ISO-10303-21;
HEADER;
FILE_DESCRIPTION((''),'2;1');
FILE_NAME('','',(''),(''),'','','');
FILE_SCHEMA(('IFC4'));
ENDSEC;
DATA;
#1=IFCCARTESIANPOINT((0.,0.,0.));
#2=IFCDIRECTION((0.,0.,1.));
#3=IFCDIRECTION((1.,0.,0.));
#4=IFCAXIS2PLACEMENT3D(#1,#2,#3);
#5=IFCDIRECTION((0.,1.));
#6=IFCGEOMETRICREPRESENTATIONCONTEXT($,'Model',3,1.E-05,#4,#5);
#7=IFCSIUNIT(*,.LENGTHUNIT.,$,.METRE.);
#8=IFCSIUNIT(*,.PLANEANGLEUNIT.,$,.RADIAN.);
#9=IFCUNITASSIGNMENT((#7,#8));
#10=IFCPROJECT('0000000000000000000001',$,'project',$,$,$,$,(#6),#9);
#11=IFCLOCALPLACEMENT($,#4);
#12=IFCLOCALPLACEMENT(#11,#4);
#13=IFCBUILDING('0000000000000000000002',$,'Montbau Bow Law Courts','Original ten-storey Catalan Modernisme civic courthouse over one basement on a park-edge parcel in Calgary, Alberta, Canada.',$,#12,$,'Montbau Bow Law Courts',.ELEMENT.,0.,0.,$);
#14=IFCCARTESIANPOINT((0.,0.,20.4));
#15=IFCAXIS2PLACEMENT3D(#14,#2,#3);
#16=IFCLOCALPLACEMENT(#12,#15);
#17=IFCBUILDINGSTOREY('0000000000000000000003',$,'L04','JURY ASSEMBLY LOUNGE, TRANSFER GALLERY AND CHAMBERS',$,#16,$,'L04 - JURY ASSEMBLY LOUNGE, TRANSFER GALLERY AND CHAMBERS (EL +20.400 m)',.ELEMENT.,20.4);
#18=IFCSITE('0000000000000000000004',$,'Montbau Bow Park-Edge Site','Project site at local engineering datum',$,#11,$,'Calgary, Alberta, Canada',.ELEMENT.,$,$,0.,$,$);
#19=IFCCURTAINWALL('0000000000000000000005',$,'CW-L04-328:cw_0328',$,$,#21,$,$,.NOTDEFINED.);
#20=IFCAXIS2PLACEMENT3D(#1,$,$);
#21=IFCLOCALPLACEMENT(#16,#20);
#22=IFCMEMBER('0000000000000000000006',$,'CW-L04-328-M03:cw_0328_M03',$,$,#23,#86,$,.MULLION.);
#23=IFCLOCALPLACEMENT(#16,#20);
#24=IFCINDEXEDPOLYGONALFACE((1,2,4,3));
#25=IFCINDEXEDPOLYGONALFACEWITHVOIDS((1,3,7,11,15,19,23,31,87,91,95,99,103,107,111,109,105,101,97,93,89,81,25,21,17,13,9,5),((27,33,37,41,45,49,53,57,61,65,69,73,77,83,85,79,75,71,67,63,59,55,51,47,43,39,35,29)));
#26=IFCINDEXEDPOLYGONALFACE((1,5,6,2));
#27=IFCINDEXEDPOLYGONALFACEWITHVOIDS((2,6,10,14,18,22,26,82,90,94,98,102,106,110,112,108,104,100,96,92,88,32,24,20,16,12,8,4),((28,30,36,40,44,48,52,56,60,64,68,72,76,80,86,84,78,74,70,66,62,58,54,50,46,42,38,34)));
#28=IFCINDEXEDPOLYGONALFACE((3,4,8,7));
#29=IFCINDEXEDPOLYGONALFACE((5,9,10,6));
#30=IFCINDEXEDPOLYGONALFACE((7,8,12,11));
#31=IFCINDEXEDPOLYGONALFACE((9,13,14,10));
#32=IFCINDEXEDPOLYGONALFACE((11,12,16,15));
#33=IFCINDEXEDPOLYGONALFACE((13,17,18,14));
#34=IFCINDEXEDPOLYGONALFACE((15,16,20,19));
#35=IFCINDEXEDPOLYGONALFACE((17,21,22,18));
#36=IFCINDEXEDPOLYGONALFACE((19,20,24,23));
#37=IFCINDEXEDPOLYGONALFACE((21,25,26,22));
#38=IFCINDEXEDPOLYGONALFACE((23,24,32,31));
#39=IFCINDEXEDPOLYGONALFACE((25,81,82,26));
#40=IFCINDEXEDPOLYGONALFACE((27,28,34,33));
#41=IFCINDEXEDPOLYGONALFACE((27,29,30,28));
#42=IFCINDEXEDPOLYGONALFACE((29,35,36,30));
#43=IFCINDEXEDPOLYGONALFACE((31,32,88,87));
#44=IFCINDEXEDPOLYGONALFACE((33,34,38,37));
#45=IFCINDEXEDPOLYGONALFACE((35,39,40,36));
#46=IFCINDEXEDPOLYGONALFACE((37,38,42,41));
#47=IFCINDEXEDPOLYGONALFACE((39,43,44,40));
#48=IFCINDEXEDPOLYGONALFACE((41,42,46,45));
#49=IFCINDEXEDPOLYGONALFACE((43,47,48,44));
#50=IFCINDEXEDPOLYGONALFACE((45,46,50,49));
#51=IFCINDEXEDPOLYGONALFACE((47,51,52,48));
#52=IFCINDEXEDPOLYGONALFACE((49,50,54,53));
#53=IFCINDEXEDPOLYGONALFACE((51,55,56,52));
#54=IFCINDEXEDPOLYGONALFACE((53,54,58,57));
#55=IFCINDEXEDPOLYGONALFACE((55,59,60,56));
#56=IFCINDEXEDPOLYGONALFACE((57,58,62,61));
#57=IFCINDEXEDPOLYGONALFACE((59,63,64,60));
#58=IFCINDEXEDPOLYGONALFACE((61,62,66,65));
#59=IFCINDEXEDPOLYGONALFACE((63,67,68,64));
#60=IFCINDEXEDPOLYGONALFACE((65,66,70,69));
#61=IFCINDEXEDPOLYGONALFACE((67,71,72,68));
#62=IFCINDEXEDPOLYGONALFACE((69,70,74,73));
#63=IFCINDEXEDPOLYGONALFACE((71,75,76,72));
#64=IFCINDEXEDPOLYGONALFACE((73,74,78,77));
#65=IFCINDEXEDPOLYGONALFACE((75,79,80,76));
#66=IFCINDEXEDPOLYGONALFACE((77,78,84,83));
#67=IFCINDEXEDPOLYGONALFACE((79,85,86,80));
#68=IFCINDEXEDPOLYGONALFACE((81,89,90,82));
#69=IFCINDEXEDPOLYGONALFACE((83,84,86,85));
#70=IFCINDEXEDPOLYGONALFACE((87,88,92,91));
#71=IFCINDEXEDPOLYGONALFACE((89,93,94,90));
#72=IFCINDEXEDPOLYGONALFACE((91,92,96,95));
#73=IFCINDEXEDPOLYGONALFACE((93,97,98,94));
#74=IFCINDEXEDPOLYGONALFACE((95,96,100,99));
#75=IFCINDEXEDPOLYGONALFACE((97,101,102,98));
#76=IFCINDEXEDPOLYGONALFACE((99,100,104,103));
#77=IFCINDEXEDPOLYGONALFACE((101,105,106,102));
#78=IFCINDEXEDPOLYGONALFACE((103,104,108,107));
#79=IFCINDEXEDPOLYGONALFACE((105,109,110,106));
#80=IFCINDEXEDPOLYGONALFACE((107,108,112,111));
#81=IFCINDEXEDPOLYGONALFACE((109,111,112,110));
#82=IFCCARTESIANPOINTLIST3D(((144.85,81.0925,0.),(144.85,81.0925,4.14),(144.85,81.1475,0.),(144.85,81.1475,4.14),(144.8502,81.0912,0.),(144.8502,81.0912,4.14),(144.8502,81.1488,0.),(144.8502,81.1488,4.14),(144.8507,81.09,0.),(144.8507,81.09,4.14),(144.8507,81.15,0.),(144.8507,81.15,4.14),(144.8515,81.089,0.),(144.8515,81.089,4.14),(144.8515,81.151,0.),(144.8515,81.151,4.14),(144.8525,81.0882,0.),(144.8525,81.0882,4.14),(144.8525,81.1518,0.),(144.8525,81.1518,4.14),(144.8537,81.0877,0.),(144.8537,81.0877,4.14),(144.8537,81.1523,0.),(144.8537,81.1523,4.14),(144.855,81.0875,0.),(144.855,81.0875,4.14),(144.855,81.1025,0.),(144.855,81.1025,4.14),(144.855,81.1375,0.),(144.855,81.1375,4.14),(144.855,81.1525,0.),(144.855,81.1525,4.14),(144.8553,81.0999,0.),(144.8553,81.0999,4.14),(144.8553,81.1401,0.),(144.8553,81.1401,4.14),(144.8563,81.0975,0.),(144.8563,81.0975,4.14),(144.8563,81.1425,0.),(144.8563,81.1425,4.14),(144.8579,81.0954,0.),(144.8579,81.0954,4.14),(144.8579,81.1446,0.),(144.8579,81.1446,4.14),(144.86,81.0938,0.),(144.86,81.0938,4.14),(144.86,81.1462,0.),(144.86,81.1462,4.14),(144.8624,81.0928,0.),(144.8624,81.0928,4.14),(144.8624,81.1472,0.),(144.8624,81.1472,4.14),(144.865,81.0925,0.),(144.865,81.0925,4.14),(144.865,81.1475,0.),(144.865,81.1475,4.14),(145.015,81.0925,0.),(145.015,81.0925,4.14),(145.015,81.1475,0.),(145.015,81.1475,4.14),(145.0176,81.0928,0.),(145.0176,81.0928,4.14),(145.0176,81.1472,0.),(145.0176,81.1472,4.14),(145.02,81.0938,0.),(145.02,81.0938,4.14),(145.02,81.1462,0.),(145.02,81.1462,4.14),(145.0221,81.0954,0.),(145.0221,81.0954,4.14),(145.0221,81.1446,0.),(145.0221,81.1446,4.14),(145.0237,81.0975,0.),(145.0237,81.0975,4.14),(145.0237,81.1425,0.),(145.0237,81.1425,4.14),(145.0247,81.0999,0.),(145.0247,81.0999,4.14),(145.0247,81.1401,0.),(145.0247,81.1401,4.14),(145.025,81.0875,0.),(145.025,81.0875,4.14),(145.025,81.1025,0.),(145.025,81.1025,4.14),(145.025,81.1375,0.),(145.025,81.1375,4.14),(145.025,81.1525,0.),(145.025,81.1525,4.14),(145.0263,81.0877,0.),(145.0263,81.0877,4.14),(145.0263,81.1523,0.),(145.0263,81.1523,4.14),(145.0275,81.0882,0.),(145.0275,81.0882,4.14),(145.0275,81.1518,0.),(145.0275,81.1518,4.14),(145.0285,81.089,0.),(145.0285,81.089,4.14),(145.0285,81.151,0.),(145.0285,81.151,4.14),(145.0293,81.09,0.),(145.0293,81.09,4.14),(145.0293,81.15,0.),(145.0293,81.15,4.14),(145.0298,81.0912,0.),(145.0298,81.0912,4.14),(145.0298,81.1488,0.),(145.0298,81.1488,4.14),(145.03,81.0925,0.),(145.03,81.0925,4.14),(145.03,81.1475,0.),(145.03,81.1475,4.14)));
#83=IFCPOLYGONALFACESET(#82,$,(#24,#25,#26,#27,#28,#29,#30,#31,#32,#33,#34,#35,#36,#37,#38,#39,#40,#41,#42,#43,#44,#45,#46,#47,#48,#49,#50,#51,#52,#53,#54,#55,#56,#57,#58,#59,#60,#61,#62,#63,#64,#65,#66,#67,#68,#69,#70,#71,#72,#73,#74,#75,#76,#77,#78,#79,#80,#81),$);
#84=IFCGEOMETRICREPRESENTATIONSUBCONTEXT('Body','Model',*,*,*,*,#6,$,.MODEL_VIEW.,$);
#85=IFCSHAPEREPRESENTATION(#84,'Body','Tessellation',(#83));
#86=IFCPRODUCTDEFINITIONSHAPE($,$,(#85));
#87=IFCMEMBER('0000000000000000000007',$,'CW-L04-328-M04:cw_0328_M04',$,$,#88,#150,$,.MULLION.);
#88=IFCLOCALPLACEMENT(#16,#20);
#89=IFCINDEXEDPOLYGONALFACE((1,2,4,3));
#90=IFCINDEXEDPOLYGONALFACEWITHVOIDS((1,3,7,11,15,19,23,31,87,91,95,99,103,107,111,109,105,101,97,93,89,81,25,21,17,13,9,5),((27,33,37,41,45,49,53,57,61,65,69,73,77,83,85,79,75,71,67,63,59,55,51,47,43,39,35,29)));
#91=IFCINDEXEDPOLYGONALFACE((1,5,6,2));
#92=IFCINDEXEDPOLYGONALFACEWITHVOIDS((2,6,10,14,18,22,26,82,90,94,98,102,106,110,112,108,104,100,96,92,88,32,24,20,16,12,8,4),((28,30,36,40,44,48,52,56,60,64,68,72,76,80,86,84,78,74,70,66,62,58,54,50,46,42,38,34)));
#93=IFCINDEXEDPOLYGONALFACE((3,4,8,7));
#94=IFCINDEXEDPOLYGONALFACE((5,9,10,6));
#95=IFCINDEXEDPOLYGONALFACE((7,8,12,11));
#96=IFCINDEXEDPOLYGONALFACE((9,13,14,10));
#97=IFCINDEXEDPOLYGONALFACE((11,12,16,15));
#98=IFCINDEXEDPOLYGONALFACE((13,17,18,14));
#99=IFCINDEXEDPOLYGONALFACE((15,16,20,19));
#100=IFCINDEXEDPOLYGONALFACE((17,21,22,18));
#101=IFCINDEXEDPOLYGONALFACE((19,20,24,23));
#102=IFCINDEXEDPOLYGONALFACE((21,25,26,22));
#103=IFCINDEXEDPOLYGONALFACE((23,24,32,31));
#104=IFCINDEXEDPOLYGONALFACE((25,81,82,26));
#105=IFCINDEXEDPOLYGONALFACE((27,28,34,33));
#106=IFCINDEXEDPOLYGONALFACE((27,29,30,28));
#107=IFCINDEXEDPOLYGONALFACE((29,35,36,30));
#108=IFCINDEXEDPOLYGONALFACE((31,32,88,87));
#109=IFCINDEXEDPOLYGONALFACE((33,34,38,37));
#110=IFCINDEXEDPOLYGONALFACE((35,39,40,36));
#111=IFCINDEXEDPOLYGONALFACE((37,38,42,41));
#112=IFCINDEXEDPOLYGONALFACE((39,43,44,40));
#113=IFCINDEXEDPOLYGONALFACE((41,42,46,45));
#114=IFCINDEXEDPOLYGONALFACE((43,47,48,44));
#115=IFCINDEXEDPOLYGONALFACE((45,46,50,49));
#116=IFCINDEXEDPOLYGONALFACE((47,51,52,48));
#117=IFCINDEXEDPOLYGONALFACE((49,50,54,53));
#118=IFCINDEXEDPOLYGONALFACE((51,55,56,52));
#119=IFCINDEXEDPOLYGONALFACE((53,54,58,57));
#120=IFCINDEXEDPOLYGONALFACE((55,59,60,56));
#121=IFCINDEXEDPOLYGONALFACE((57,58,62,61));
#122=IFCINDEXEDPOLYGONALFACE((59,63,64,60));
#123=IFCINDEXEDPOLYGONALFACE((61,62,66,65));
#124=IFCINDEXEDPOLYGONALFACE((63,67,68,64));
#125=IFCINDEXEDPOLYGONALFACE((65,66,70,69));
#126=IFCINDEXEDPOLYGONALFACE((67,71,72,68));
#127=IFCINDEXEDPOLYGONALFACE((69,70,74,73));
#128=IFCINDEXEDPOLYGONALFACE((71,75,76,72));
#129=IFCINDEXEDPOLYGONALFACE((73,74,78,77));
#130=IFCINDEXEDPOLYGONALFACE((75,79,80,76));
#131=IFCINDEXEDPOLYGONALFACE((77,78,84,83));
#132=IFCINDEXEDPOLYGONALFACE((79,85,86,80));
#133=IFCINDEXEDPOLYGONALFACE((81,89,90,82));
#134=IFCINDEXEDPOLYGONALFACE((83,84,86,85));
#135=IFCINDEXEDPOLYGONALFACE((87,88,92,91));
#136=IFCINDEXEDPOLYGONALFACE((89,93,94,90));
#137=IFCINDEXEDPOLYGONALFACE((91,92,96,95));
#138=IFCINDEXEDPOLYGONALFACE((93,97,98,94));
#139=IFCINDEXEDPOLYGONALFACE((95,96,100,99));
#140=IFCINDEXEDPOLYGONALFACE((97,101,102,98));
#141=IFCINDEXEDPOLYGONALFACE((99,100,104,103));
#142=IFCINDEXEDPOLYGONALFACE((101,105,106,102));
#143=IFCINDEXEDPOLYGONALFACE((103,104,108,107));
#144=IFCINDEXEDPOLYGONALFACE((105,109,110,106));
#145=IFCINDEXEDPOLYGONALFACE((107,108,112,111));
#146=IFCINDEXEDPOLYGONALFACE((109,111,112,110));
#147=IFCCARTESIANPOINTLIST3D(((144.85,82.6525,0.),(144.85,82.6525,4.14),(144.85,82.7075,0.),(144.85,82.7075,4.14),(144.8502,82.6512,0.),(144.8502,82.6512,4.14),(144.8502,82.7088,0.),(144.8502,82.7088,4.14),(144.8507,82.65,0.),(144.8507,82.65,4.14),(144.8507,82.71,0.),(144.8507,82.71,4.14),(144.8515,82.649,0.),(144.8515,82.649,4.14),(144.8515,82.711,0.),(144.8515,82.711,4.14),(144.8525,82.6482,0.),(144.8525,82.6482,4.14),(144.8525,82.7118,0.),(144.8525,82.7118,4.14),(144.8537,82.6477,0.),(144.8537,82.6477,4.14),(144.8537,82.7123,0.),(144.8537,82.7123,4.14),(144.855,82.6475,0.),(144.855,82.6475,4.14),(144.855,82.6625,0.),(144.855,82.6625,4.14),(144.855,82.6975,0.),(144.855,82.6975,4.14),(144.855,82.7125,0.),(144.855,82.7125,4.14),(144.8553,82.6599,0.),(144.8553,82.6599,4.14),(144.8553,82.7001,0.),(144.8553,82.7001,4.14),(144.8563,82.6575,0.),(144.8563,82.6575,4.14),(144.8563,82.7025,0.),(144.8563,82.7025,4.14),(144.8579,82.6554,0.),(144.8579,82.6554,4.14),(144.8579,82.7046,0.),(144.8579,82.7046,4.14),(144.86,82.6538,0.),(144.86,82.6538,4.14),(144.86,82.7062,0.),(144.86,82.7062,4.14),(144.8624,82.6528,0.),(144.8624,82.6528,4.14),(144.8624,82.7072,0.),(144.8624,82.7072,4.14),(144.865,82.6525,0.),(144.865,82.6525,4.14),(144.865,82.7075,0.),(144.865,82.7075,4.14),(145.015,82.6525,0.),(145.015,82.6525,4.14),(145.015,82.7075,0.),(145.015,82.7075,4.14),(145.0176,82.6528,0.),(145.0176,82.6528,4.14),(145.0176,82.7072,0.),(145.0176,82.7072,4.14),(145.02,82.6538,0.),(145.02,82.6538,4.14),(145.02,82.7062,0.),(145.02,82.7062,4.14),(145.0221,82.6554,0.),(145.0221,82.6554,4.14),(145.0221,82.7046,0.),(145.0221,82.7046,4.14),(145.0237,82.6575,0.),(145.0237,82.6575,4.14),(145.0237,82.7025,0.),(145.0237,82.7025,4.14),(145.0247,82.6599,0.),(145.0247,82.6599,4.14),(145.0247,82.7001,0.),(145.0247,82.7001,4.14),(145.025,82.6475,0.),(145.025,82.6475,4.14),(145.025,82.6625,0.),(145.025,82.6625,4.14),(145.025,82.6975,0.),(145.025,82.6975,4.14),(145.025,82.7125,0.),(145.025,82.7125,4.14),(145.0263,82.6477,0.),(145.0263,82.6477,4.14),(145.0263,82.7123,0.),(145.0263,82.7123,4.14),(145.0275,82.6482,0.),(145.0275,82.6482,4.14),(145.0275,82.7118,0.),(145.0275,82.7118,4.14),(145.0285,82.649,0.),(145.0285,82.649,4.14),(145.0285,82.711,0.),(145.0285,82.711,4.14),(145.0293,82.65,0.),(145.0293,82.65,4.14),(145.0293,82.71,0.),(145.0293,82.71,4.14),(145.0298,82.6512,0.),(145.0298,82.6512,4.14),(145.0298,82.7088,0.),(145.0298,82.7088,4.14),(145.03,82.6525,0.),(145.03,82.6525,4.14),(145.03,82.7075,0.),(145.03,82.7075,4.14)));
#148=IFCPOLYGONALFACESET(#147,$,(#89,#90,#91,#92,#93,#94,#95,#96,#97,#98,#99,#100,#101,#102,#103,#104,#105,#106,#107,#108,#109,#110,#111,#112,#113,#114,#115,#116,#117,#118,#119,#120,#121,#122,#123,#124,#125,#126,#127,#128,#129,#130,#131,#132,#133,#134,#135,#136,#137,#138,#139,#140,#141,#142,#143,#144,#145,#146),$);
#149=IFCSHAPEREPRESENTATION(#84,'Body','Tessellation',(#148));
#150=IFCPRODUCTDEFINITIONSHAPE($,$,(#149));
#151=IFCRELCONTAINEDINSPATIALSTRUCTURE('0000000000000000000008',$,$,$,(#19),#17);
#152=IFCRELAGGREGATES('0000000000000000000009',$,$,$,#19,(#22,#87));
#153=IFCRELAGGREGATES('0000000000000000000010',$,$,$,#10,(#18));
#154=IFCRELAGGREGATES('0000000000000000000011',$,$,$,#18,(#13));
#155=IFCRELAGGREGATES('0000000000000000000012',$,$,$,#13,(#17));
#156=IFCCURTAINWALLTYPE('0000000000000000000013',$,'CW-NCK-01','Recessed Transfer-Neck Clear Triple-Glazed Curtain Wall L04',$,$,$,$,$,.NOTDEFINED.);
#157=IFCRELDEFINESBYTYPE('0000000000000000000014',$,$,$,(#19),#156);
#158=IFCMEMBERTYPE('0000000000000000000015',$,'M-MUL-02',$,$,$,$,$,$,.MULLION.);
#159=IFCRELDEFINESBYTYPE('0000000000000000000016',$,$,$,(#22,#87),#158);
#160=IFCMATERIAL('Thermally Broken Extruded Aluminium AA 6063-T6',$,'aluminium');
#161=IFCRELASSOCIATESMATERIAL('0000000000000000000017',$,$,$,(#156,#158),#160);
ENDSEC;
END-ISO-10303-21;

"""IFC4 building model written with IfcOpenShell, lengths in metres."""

from ifc_helpers import new_model, si_unit, direction, frame, origin_with_axes, origin_2d_with_axis, place, context, subcontext, project, spatial, hollow_rectangle, extrude, material, material_profile, profile_set, type_object, element, aggregate, save


model = new_model("IFC4")

# Units and contexts
model_context = context("Model", 3, precision=1e-05, world=origin_with_axes(), true_north=direction((0.0, 1.0)))
body_context = subcontext(model_context, "Body", "Model", "MODEL_VIEW")
ifc_project = project(units=[si_unit("LENGTHUNIT", "METRE"), si_unit("PLANEANGLEUNIT", "RADIAN")], contexts=[model_context])

# Site, building, storey
site_placement = place(None, origin_with_axes())
site = spatial("IfcSite", under=ifc_project, at=site_placement, Name="Montbau Bow Park-Edge Site", Description="Project site at local engineering datum", LongName="Calgary, Alberta, Canada", CompositionType="ELEMENT", RefElevation=0.0)
building_placement = place(site_placement, origin_with_axes())
building = spatial("IfcBuilding", under=site, at=building_placement, Name="Montbau Bow Law Courts", Description="Original ten-storey Catalan Modernisme civic courthouse over one basement on a park-edge parcel in Calgary, Alberta, Canada.", LongName="Montbau Bow Law Courts", CompositionType="ELEMENT", ElevationOfRefHeight=0.0, ElevationOfTerrain=0.0)
storey_placement = place(building_placement, frame((0.0, 0.0, 20.4), z_axis=(0.0, 0.0, 1.0), x_axis=(1.0, 0.0, 0.0)))
storey = spatial("IfcBuildingStorey", under=building, at=storey_placement, Name="L04", Description="JURY ASSEMBLY LOUNGE, TRANSFER GALLERY AND CHAMBERS", LongName="L04 - JURY ASSEMBLY LOUNGE, TRANSFER GALLERY AND CHAMBERS (EL +20.400 m)", CompositionType="ELEMENT", Elevation=20.4)

# Curtain wall, members
ifc_material_1 = material(Name="Thermally Broken Extruded Aluminium AA 6063-T6", Category="aluminium")
curtain_wall_type = type_object("IfcCurtainWallType", Name="CW-NCK-01", Description="Recessed Transfer-Neck Clear Triple-Glazed Curtain Wall L04", PredefinedType="NOTDEFINED", material=ifc_material_1)
curtain_wall_placement = place(None, frame((144.94, 78.0, 20.4), z_axis=(0.0, 0.0, 1.0), x_axis=(1.0, 0.0, 0.0)))
curtain_wall = element("IfcCurtainWall", 1, at=curtain_wall_placement, inside=storey, type_object=curtain_wall_type, Name="CW-L04-328:cw_0328", PredefinedType="NOTDEFINED")
ifc_material_profile_1 = material_profile(ifc_material_1, hollow_rectangle(XDim=0.065, YDim=0.18, WallThickness=0.005, InnerFilletRadius=0.01, OuterFilletRadius=0.005, at=origin_2d_with_axis()), Name="CWM-180X65", Category="Main", Priority=0)
ifc_profile_set_1 = profile_set([ifc_material_profile_1], Name="Thermally Broken Extruded Aluminium AA 6063-T6")
member_type_1 = type_object("IfcMemberType", Name="M-MUL-02", PredefinedType="MULLION", material=ifc_profile_set_1)
member_1_placement = place(None, frame((144.94, 81.12, 20.4), z_axis=(0.0, 0.0, 1.0), x_axis=(0.0, 1.0, 0.0)))
member_1 = element("IfcMember", 2, at=member_1_placement, type_object=member_type_1, Name="CW-L04-328-M03:cw_0328_M03", PredefinedType="MULLION", context=body_context, shape_type="SweptSolid", body=[
    extrude(hollow_rectangle(XDim=0.065, YDim=0.18, WallThickness=0.005, InnerFilletRadius=0.01, OuterFilletRadius=0.005, at=origin_2d_with_axis()), origin_with_axes(), (0.0, 0.0, 1.0), 4.14),
])
member_2_placement = place(None, frame((144.94, 82.68, 20.4), z_axis=(0.0, 0.0, 1.0), x_axis=(0.0, 1.0, 0.0)))
member_2 = element("IfcMember", 3, at=member_2_placement, type_object=member_type_1, Name="CW-L04-328-M04:cw_0328_M04", PredefinedType="MULLION", context=body_context, shape_type="SweptSolid", body=[
    extrude(hollow_rectangle(XDim=0.065, YDim=0.18, WallThickness=0.005, InnerFilletRadius=0.01, OuterFilletRadius=0.005, at=origin_2d_with_axis()), origin_with_axes(), (0.0, 0.0, 1.0), 4.14),
])
aggregate(curtain_wall, [member_1, member_2])

save(model, "model.ifc")
